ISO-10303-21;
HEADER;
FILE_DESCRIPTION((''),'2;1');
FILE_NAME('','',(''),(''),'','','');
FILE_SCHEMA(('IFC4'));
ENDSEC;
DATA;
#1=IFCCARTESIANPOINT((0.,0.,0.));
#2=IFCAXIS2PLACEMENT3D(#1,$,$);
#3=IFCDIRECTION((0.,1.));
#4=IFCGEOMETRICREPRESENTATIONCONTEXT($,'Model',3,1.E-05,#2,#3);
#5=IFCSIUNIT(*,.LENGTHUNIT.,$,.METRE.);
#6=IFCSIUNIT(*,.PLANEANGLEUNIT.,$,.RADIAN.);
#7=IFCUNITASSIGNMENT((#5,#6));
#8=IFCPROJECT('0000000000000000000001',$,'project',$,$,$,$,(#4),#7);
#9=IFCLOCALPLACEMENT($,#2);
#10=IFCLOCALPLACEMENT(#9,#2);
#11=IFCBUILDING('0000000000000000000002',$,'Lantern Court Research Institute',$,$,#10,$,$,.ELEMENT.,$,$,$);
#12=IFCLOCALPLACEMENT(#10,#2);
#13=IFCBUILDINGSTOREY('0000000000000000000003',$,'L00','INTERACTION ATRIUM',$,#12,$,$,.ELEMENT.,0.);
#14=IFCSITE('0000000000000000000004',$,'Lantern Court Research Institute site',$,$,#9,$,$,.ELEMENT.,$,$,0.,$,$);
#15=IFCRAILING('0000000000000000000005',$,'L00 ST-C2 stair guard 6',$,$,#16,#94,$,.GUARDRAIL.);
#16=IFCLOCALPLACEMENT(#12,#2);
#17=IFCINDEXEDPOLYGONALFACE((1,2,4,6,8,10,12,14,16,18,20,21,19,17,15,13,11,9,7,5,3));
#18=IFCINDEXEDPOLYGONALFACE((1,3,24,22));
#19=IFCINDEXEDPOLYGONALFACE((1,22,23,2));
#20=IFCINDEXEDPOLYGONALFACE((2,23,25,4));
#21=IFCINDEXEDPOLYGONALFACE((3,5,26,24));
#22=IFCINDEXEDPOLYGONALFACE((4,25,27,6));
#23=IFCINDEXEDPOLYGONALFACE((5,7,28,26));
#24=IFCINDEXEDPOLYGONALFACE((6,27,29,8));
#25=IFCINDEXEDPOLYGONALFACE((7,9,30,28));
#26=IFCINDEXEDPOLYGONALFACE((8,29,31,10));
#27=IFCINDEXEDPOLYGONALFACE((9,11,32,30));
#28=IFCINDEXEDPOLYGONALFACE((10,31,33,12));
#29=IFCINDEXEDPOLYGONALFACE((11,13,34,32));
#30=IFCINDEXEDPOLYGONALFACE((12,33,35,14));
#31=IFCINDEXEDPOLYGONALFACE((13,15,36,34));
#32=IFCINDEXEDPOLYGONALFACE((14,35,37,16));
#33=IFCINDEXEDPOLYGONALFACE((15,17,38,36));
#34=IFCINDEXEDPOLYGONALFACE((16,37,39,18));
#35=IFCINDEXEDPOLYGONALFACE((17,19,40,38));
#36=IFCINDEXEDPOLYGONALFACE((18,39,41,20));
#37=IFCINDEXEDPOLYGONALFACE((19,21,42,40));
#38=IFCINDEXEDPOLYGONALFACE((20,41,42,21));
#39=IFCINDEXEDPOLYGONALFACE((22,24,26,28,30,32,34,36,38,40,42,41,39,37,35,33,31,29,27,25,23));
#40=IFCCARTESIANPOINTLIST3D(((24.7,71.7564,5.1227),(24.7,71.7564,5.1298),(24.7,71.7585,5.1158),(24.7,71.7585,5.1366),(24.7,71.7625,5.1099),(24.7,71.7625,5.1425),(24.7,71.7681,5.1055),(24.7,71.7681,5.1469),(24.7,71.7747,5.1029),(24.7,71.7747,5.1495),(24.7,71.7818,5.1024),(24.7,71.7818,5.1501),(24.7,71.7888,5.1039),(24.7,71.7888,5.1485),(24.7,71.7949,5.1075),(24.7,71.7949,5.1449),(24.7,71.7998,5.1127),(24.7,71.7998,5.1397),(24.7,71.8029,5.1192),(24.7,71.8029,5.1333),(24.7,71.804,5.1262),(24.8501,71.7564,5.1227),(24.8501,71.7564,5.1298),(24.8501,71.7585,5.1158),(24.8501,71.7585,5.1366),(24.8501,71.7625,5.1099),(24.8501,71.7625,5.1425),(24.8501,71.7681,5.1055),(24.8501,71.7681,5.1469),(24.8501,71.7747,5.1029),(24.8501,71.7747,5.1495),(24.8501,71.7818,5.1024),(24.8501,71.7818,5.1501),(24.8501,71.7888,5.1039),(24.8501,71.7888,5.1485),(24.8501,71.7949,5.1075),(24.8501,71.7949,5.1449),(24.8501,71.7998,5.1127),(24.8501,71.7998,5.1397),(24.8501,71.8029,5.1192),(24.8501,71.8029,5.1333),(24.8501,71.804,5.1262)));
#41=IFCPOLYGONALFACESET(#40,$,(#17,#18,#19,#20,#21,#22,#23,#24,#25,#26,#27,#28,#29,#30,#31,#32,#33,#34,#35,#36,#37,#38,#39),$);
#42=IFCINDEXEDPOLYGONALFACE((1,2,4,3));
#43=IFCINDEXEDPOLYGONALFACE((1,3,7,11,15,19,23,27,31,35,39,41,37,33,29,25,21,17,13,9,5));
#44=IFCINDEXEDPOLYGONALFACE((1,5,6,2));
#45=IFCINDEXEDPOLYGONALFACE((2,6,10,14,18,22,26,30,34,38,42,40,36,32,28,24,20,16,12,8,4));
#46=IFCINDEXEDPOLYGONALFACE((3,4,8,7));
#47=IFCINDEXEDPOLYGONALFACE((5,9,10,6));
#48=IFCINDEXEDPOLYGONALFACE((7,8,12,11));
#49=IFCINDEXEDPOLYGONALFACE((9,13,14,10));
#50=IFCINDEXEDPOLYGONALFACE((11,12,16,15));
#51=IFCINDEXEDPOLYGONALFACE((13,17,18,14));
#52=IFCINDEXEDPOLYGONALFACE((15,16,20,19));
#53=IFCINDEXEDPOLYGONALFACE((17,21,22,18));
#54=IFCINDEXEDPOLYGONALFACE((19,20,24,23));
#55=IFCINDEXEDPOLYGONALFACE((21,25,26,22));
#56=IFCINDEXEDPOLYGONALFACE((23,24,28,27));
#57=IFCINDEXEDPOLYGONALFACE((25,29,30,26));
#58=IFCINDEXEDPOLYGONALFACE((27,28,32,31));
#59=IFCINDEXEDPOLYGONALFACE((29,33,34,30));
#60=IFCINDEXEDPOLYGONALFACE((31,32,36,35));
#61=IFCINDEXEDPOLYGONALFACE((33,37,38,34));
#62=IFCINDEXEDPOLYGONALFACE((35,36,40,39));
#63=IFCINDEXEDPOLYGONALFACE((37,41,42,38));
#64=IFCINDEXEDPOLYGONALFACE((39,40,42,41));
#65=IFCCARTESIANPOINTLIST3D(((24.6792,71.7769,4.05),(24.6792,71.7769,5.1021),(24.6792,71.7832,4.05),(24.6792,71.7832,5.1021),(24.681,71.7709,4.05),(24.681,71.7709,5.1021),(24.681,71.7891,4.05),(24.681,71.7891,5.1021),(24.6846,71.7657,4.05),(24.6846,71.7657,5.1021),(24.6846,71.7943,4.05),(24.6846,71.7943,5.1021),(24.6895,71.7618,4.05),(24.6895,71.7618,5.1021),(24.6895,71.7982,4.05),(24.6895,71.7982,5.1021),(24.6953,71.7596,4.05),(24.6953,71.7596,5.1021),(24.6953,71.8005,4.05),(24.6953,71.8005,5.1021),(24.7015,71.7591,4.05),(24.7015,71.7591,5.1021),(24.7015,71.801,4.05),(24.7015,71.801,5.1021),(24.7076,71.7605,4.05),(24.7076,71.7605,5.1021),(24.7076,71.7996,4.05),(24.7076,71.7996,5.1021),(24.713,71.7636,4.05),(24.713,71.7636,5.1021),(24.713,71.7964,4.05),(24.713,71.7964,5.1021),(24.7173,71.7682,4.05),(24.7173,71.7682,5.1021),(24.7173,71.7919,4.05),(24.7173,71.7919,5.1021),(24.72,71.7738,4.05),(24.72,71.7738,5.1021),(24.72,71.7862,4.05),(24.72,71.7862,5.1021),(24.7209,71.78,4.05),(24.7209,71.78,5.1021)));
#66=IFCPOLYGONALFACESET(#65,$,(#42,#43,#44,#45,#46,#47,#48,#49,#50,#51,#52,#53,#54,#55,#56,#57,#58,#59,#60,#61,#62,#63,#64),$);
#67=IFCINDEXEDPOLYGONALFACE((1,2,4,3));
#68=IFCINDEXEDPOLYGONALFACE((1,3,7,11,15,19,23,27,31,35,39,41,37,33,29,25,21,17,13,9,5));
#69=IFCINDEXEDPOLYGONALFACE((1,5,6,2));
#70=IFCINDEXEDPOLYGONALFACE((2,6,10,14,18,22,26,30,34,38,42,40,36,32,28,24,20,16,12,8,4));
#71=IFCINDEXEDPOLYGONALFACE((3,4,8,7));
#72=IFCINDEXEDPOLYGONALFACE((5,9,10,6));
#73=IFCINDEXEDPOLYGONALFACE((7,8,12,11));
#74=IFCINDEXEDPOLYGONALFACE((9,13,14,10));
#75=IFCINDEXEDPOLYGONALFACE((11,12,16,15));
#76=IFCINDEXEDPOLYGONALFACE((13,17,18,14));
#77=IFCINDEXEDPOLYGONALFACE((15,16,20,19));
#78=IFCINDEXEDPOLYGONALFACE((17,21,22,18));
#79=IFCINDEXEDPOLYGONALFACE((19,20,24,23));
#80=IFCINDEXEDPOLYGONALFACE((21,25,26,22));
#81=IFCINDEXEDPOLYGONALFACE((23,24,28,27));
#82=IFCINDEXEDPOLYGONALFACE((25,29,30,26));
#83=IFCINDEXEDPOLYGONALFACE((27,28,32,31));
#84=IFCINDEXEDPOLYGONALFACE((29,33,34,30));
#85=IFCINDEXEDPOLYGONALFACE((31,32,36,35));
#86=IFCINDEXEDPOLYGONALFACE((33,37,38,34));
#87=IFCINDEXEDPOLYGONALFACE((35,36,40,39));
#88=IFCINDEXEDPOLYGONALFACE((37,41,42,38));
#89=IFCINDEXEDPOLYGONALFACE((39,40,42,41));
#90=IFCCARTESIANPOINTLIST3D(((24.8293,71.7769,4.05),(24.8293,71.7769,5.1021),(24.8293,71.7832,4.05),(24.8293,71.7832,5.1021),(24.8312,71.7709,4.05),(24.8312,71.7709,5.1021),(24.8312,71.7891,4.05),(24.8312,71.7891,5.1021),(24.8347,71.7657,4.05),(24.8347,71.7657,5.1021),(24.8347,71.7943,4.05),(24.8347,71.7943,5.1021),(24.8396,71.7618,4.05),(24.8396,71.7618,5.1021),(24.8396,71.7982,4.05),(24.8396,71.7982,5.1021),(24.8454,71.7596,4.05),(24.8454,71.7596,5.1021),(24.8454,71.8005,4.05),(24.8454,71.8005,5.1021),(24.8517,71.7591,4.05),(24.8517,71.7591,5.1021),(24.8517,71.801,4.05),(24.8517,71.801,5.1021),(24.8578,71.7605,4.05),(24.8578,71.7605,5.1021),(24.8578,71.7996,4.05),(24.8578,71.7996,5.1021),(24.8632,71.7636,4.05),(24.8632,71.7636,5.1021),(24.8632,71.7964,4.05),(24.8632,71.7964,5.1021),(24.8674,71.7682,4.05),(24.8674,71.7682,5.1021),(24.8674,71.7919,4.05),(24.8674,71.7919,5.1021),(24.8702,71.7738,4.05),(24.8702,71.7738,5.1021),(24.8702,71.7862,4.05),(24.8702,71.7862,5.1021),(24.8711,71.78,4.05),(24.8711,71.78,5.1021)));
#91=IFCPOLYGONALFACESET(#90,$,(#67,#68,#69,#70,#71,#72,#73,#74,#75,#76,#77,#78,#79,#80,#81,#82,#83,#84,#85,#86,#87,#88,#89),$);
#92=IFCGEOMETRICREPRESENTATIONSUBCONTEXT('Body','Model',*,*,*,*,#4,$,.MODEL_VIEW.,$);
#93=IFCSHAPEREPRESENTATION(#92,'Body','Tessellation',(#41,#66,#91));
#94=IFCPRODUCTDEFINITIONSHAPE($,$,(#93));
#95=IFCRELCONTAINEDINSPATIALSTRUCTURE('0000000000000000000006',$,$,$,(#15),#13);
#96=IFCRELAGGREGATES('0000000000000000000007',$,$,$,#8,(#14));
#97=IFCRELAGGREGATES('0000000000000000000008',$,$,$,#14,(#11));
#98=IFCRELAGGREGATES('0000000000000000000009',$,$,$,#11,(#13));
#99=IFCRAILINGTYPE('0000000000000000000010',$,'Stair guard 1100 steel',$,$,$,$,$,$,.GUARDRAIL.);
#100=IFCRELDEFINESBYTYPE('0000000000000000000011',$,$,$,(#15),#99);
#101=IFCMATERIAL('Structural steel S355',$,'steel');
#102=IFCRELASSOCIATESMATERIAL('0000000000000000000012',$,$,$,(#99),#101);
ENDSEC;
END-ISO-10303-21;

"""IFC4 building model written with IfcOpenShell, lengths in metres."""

from ifc_helpers import new_model, si_unit, direction, frame, origin, origin_2d, place, context, subcontext, project, spatial, circle, extrude, material, type_object, element, save


model = new_model("IFC4")

# Units and contexts
model_context = context("Model", 3, precision=1e-05, world=origin(), true_north=direction((0.0, 1.0)))
body_context = subcontext(model_context, "Body", "Model", "MODEL_VIEW")
ifc_project = project(units=[si_unit("LENGTHUNIT", "METRE"), si_unit("PLANEANGLEUNIT", "RADIAN")], contexts=[model_context])

# Site, building, storey
site_placement = place(None, origin())
site = spatial("IfcSite", under=ifc_project, at=site_placement, Name="Lantern Court Research Institute site", CompositionType="ELEMENT", RefElevation=0.0)
building_placement = place(site_placement, origin())
building = spatial("IfcBuilding", under=site, at=building_placement, Name="Lantern Court Research Institute", CompositionType="ELEMENT")
storey_placement = place(building_placement, origin())
storey = spatial("IfcBuildingStorey", under=building, at=storey_placement, Name="L00", Description="INTERACTION ATRIUM", CompositionType="ELEMENT", Elevation=0.0)

# Railing
ifc_material_1 = material(Name="Structural steel S355", Category="steel")
railing_type_1 = type_object("IfcRailingType", Name="Stair guard 1100 steel", PredefinedType="GUARDRAIL", material=ifc_material_1)
railing_1_placement = place(storey_placement, frame((24.7, 71.78, 4.05)))
element("IfcRailing", 1, at=railing_1_placement, inside=storey, type_object=railing_type_1, Name="L00 ST-C2 stair guard 6", PredefinedType="GUARDRAIL", context=body_context, shape_type="SweptSolid", body=[
    extrude(circle(Radius=0.0239, at=origin_2d()), frame((0.0, 0.0, 1.0762), z_axis=(1.0, 0.0, 0.0), x_axis=(0.0, 1.0, 0.0)), (0.0, 0.0, 1.0), 0.1501),
    extrude(circle(Radius=0.021, at=origin_2d()), origin(), (0.0, 0.0, 1.0), 1.052),
    extrude(circle(Radius=0.021, at=origin_2d()), frame((0.1501, 0.0, 0.0)), (0.0, 0.0, 1.0), 1.052),
])

save(model, "model.ifc")
